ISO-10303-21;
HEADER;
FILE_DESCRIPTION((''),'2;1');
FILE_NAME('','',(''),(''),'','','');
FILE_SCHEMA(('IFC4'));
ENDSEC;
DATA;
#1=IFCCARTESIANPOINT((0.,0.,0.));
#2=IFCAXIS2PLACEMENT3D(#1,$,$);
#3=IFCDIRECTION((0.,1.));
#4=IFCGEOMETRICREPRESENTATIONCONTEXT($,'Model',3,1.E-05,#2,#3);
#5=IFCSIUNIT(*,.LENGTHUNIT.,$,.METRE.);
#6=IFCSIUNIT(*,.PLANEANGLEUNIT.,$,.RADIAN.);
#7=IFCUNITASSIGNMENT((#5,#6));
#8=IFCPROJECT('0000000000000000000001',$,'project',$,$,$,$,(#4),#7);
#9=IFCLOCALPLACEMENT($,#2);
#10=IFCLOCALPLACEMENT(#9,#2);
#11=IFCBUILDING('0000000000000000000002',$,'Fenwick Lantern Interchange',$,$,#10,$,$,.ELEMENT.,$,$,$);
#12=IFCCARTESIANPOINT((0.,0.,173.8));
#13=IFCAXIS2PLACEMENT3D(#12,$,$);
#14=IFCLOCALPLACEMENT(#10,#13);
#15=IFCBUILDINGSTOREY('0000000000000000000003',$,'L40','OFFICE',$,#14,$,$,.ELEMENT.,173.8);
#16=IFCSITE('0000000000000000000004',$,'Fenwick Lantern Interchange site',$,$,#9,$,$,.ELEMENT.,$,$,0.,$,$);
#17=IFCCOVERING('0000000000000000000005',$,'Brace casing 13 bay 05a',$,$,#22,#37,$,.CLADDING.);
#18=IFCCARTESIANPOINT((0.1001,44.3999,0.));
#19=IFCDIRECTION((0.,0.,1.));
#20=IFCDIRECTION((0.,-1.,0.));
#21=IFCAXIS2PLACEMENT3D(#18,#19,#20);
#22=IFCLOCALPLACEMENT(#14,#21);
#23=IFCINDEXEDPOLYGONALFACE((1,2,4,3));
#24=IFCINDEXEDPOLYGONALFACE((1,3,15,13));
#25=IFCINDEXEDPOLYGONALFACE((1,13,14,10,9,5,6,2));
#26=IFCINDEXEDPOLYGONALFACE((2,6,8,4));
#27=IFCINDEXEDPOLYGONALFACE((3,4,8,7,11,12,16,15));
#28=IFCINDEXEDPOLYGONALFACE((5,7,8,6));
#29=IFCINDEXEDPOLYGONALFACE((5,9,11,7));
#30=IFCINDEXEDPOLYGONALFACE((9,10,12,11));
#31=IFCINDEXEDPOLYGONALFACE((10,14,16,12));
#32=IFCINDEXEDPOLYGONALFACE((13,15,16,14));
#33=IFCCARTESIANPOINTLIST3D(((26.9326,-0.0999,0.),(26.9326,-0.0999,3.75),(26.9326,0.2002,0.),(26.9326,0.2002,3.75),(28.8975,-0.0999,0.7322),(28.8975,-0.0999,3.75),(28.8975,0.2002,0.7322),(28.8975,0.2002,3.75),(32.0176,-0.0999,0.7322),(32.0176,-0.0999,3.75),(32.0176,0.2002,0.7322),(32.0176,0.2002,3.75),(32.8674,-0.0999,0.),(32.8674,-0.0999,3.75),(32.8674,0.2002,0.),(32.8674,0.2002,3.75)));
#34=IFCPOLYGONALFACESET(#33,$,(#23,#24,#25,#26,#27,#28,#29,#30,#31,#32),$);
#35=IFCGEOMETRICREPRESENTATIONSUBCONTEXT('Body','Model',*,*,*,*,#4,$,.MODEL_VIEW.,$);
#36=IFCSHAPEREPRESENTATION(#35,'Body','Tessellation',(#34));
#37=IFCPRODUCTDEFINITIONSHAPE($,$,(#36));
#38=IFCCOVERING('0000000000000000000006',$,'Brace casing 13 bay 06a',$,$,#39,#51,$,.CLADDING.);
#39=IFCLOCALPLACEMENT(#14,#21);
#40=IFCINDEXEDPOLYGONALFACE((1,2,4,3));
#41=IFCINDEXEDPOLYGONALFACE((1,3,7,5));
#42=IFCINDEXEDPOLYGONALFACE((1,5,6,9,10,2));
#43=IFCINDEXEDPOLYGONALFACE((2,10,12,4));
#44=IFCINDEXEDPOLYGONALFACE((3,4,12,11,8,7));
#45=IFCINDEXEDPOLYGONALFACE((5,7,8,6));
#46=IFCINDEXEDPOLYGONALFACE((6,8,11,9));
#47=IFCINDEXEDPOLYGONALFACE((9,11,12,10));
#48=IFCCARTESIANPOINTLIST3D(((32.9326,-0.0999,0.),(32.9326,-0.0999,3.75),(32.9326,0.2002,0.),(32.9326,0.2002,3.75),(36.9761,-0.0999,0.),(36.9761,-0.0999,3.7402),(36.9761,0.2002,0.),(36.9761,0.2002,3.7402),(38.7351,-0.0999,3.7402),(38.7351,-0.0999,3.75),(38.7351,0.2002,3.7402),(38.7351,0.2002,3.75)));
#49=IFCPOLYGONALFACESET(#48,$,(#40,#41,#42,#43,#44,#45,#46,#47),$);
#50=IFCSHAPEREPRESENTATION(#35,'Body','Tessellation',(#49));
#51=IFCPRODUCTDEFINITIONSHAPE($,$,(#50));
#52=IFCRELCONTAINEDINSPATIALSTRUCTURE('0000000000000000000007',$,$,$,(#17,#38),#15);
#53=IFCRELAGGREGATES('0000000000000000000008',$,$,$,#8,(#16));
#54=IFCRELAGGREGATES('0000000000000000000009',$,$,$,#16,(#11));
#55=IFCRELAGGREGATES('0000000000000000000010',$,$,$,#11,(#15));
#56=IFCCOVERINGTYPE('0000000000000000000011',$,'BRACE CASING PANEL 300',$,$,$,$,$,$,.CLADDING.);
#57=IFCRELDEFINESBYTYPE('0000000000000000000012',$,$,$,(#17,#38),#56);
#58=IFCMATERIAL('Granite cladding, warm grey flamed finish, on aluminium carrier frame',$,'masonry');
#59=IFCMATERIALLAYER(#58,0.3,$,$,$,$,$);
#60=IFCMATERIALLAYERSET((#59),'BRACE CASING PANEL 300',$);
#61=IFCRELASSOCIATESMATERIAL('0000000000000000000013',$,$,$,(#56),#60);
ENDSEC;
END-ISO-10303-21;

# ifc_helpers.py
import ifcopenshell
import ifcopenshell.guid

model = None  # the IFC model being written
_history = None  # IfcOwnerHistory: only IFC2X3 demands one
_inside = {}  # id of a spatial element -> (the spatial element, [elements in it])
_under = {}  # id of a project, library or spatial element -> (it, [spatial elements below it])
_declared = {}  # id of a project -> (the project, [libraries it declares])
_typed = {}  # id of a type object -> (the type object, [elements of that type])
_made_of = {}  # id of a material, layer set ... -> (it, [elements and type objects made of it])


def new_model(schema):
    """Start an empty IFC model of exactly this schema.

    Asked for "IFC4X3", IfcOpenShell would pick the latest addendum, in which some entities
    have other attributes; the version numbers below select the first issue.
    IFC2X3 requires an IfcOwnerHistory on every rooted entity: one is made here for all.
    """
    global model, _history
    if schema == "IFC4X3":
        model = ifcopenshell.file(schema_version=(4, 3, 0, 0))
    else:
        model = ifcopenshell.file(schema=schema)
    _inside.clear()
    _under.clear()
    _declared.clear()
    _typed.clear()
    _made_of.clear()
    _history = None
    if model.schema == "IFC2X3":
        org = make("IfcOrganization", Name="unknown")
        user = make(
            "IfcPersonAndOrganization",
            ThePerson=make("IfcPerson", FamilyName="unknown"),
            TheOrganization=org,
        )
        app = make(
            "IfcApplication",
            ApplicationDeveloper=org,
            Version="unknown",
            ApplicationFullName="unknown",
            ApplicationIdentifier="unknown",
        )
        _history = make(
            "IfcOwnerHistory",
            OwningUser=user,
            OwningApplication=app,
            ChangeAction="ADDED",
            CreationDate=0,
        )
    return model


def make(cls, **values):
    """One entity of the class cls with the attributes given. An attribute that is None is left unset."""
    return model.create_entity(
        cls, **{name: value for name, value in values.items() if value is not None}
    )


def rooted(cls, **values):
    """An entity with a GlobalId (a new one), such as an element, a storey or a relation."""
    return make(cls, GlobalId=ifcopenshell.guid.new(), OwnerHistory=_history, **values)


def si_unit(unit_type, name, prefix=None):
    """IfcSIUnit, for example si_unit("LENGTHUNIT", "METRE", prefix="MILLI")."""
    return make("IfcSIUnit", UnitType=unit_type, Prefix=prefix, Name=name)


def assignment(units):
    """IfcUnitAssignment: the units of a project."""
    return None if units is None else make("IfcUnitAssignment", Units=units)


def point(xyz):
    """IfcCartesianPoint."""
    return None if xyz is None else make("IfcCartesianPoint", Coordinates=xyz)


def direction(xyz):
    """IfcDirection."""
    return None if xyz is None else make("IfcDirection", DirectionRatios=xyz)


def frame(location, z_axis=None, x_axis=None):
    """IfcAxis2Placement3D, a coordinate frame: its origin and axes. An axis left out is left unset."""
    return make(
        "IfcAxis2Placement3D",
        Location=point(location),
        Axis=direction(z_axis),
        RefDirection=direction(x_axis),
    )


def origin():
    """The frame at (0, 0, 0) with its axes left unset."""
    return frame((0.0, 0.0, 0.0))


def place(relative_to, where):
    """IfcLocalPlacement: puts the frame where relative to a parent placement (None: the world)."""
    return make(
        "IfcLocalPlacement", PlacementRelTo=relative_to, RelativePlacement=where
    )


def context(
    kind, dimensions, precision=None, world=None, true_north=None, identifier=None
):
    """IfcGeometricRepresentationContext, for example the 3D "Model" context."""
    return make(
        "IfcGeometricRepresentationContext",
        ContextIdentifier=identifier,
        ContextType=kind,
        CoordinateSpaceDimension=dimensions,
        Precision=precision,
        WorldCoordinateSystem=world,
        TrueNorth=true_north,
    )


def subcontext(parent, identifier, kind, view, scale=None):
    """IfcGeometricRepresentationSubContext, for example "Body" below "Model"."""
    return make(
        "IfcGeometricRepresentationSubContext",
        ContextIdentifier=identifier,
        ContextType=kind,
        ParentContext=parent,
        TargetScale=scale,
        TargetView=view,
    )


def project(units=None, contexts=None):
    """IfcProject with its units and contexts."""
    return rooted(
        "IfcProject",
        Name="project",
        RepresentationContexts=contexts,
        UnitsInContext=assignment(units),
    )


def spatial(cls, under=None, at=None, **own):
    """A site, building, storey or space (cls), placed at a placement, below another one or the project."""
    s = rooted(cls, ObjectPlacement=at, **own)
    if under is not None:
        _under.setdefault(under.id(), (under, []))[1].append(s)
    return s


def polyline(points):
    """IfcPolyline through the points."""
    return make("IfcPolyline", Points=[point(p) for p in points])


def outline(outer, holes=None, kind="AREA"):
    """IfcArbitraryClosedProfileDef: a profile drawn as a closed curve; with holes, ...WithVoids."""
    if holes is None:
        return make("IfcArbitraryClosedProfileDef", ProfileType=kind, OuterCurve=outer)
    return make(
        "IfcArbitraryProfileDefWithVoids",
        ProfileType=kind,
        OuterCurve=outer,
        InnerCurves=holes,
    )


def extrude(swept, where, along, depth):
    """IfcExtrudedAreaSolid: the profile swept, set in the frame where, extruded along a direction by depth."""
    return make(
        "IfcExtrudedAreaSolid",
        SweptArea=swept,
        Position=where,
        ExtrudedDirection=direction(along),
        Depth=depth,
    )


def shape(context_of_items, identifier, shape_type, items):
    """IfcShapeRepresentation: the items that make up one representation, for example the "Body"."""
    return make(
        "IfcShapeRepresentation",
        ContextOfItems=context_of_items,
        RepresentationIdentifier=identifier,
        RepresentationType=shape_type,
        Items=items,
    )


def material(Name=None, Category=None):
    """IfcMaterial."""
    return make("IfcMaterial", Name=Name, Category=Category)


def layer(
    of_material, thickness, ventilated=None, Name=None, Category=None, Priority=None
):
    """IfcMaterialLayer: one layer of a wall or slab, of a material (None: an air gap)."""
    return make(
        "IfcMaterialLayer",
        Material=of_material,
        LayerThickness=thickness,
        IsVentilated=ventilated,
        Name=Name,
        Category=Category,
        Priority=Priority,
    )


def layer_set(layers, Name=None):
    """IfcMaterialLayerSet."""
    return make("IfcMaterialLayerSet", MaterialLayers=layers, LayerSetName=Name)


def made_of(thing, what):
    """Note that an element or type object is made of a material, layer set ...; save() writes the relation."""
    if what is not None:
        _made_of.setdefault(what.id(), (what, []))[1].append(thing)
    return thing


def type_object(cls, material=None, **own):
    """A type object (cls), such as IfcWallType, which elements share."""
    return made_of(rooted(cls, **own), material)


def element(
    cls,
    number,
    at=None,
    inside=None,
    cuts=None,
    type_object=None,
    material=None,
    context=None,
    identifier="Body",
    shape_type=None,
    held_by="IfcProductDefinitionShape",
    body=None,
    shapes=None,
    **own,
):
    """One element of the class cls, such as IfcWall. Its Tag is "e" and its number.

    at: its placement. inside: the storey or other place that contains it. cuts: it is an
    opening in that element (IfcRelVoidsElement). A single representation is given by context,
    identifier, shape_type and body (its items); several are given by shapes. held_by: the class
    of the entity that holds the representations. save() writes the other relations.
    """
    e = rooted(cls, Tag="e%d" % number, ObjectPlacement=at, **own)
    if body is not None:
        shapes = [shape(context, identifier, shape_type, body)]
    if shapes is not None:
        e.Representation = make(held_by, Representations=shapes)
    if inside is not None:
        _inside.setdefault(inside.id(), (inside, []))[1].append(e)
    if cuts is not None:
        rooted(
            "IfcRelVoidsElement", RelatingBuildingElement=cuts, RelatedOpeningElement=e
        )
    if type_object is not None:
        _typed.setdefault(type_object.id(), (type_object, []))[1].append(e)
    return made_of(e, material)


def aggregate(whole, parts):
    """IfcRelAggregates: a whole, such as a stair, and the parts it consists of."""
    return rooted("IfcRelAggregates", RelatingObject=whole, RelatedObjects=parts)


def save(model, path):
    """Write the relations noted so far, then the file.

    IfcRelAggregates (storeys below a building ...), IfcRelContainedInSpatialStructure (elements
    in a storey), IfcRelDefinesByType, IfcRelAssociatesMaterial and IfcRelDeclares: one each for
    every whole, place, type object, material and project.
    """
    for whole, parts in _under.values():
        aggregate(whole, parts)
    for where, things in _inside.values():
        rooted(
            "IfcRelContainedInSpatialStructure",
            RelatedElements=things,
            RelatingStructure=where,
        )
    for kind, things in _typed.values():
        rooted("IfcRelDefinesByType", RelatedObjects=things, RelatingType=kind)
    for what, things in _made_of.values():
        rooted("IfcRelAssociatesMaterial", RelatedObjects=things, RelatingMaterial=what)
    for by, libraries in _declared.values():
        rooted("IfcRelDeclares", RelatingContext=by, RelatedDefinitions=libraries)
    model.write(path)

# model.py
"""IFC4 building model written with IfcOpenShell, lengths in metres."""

from ifc_helpers import new_model, si_unit, direction, frame, origin, place, context, subcontext, project, spatial, polyline, outline, extrude, material, layer, layer_set, type_object, element, save


model = new_model("IFC4")

# Units and contexts
model_context = context("Model", 3, precision=1e-05, world=origin(), true_north=direction((0.0, 1.0)))
body_context = subcontext(model_context, "Body", "Model", "MODEL_VIEW")
ifc_project = project(units=[si_unit("LENGTHUNIT", "METRE"), si_unit("PLANEANGLEUNIT", "RADIAN")], contexts=[model_context])

# Site, building, storey
site_placement = place(None, origin())
site = spatial("IfcSite", under=ifc_project, at=site_placement, Name="Fenwick Lantern Interchange site", CompositionType="ELEMENT", RefElevation=0.0)
building_placement = place(site_placement, origin())
building = spatial("IfcBuilding", under=site, at=building_placement, Name="Fenwick Lantern Interchange", CompositionType="ELEMENT")
storey_placement = place(building_placement, frame((0.0, 0.0, 173.8)))
storey = spatial("IfcBuildingStorey", under=building, at=storey_placement, Name="L40", Description="OFFICE", CompositionType="ELEMENT", Elevation=173.8)

# Coverings
ifc_material_1 = material(Name="Granite cladding, warm grey flamed finish, on aluminium carrier frame", Category="masonry")
ifc_layer_1 = layer(ifc_material_1, 0.3)
ifc_layer_set_1 = layer_set([ifc_layer_1], Name="BRACE CASING PANEL 300")
covering_type = type_object("IfcCoveringType", Name="BRACE CASING PANEL 300", PredefinedType="CLADDING", material=ifc_layer_set_1)
covering_1_placement = place(storey_placement, frame((0.1001, 44.3999, 0.0), z_axis=(0.0, 0.0, 1.0), x_axis=(0.0, -1.0, 0.0)))
element("IfcCovering", 1, at=covering_1_placement, inside=storey, type_object=covering_type, Name="Brace casing 13 bay 05a", PredefinedType="CLADDING", context=body_context, shape_type="SweptSolid", body=[
    extrude(outline(polyline([(26.9326, 0.0), (32.8674, 0.0), (32.8674, 3.75), (32.0176, 3.75), (32.0176, 0.7322), (28.8975, 0.7322), (28.8975, 3.75), (26.9326, 3.75), (26.9326, 0.0)])), frame((0.0, 0.2002, 0.0), z_axis=(0.0, -1.0, 0.0), x_axis=(1.0, 0.0, 0.0)), (0.0, 0.0, 1.0), 0.3),
])
covering_2_placement = place(storey_placement, frame((0.1001, 44.3999, 0.0), z_axis=(0.0, 0.0, 1.0), x_axis=(0.0, -1.0, 0.0)))
element("IfcCovering", 2, at=covering_2_placement, inside=storey, type_object=covering_type, Name="Brace casing 13 bay 06a", PredefinedType="CLADDING", context=body_context, shape_type="SweptSolid", body=[
    extrude(outline(polyline([(32.9326, 0.0), (36.9761, 0.0), (36.9761, 3.7402), (38.7351, 3.7402), (38.7351, 3.75), (32.9326, 3.75), (32.9326, 0.0)])), frame((0.0, 0.2002, 0.0), z_axis=(0.0, -1.0, 0.0), x_axis=(1.0, 0.0, 0.0)), (0.0, 0.0, 1.0), 0.3),
])

save(model, "model.ifc")
